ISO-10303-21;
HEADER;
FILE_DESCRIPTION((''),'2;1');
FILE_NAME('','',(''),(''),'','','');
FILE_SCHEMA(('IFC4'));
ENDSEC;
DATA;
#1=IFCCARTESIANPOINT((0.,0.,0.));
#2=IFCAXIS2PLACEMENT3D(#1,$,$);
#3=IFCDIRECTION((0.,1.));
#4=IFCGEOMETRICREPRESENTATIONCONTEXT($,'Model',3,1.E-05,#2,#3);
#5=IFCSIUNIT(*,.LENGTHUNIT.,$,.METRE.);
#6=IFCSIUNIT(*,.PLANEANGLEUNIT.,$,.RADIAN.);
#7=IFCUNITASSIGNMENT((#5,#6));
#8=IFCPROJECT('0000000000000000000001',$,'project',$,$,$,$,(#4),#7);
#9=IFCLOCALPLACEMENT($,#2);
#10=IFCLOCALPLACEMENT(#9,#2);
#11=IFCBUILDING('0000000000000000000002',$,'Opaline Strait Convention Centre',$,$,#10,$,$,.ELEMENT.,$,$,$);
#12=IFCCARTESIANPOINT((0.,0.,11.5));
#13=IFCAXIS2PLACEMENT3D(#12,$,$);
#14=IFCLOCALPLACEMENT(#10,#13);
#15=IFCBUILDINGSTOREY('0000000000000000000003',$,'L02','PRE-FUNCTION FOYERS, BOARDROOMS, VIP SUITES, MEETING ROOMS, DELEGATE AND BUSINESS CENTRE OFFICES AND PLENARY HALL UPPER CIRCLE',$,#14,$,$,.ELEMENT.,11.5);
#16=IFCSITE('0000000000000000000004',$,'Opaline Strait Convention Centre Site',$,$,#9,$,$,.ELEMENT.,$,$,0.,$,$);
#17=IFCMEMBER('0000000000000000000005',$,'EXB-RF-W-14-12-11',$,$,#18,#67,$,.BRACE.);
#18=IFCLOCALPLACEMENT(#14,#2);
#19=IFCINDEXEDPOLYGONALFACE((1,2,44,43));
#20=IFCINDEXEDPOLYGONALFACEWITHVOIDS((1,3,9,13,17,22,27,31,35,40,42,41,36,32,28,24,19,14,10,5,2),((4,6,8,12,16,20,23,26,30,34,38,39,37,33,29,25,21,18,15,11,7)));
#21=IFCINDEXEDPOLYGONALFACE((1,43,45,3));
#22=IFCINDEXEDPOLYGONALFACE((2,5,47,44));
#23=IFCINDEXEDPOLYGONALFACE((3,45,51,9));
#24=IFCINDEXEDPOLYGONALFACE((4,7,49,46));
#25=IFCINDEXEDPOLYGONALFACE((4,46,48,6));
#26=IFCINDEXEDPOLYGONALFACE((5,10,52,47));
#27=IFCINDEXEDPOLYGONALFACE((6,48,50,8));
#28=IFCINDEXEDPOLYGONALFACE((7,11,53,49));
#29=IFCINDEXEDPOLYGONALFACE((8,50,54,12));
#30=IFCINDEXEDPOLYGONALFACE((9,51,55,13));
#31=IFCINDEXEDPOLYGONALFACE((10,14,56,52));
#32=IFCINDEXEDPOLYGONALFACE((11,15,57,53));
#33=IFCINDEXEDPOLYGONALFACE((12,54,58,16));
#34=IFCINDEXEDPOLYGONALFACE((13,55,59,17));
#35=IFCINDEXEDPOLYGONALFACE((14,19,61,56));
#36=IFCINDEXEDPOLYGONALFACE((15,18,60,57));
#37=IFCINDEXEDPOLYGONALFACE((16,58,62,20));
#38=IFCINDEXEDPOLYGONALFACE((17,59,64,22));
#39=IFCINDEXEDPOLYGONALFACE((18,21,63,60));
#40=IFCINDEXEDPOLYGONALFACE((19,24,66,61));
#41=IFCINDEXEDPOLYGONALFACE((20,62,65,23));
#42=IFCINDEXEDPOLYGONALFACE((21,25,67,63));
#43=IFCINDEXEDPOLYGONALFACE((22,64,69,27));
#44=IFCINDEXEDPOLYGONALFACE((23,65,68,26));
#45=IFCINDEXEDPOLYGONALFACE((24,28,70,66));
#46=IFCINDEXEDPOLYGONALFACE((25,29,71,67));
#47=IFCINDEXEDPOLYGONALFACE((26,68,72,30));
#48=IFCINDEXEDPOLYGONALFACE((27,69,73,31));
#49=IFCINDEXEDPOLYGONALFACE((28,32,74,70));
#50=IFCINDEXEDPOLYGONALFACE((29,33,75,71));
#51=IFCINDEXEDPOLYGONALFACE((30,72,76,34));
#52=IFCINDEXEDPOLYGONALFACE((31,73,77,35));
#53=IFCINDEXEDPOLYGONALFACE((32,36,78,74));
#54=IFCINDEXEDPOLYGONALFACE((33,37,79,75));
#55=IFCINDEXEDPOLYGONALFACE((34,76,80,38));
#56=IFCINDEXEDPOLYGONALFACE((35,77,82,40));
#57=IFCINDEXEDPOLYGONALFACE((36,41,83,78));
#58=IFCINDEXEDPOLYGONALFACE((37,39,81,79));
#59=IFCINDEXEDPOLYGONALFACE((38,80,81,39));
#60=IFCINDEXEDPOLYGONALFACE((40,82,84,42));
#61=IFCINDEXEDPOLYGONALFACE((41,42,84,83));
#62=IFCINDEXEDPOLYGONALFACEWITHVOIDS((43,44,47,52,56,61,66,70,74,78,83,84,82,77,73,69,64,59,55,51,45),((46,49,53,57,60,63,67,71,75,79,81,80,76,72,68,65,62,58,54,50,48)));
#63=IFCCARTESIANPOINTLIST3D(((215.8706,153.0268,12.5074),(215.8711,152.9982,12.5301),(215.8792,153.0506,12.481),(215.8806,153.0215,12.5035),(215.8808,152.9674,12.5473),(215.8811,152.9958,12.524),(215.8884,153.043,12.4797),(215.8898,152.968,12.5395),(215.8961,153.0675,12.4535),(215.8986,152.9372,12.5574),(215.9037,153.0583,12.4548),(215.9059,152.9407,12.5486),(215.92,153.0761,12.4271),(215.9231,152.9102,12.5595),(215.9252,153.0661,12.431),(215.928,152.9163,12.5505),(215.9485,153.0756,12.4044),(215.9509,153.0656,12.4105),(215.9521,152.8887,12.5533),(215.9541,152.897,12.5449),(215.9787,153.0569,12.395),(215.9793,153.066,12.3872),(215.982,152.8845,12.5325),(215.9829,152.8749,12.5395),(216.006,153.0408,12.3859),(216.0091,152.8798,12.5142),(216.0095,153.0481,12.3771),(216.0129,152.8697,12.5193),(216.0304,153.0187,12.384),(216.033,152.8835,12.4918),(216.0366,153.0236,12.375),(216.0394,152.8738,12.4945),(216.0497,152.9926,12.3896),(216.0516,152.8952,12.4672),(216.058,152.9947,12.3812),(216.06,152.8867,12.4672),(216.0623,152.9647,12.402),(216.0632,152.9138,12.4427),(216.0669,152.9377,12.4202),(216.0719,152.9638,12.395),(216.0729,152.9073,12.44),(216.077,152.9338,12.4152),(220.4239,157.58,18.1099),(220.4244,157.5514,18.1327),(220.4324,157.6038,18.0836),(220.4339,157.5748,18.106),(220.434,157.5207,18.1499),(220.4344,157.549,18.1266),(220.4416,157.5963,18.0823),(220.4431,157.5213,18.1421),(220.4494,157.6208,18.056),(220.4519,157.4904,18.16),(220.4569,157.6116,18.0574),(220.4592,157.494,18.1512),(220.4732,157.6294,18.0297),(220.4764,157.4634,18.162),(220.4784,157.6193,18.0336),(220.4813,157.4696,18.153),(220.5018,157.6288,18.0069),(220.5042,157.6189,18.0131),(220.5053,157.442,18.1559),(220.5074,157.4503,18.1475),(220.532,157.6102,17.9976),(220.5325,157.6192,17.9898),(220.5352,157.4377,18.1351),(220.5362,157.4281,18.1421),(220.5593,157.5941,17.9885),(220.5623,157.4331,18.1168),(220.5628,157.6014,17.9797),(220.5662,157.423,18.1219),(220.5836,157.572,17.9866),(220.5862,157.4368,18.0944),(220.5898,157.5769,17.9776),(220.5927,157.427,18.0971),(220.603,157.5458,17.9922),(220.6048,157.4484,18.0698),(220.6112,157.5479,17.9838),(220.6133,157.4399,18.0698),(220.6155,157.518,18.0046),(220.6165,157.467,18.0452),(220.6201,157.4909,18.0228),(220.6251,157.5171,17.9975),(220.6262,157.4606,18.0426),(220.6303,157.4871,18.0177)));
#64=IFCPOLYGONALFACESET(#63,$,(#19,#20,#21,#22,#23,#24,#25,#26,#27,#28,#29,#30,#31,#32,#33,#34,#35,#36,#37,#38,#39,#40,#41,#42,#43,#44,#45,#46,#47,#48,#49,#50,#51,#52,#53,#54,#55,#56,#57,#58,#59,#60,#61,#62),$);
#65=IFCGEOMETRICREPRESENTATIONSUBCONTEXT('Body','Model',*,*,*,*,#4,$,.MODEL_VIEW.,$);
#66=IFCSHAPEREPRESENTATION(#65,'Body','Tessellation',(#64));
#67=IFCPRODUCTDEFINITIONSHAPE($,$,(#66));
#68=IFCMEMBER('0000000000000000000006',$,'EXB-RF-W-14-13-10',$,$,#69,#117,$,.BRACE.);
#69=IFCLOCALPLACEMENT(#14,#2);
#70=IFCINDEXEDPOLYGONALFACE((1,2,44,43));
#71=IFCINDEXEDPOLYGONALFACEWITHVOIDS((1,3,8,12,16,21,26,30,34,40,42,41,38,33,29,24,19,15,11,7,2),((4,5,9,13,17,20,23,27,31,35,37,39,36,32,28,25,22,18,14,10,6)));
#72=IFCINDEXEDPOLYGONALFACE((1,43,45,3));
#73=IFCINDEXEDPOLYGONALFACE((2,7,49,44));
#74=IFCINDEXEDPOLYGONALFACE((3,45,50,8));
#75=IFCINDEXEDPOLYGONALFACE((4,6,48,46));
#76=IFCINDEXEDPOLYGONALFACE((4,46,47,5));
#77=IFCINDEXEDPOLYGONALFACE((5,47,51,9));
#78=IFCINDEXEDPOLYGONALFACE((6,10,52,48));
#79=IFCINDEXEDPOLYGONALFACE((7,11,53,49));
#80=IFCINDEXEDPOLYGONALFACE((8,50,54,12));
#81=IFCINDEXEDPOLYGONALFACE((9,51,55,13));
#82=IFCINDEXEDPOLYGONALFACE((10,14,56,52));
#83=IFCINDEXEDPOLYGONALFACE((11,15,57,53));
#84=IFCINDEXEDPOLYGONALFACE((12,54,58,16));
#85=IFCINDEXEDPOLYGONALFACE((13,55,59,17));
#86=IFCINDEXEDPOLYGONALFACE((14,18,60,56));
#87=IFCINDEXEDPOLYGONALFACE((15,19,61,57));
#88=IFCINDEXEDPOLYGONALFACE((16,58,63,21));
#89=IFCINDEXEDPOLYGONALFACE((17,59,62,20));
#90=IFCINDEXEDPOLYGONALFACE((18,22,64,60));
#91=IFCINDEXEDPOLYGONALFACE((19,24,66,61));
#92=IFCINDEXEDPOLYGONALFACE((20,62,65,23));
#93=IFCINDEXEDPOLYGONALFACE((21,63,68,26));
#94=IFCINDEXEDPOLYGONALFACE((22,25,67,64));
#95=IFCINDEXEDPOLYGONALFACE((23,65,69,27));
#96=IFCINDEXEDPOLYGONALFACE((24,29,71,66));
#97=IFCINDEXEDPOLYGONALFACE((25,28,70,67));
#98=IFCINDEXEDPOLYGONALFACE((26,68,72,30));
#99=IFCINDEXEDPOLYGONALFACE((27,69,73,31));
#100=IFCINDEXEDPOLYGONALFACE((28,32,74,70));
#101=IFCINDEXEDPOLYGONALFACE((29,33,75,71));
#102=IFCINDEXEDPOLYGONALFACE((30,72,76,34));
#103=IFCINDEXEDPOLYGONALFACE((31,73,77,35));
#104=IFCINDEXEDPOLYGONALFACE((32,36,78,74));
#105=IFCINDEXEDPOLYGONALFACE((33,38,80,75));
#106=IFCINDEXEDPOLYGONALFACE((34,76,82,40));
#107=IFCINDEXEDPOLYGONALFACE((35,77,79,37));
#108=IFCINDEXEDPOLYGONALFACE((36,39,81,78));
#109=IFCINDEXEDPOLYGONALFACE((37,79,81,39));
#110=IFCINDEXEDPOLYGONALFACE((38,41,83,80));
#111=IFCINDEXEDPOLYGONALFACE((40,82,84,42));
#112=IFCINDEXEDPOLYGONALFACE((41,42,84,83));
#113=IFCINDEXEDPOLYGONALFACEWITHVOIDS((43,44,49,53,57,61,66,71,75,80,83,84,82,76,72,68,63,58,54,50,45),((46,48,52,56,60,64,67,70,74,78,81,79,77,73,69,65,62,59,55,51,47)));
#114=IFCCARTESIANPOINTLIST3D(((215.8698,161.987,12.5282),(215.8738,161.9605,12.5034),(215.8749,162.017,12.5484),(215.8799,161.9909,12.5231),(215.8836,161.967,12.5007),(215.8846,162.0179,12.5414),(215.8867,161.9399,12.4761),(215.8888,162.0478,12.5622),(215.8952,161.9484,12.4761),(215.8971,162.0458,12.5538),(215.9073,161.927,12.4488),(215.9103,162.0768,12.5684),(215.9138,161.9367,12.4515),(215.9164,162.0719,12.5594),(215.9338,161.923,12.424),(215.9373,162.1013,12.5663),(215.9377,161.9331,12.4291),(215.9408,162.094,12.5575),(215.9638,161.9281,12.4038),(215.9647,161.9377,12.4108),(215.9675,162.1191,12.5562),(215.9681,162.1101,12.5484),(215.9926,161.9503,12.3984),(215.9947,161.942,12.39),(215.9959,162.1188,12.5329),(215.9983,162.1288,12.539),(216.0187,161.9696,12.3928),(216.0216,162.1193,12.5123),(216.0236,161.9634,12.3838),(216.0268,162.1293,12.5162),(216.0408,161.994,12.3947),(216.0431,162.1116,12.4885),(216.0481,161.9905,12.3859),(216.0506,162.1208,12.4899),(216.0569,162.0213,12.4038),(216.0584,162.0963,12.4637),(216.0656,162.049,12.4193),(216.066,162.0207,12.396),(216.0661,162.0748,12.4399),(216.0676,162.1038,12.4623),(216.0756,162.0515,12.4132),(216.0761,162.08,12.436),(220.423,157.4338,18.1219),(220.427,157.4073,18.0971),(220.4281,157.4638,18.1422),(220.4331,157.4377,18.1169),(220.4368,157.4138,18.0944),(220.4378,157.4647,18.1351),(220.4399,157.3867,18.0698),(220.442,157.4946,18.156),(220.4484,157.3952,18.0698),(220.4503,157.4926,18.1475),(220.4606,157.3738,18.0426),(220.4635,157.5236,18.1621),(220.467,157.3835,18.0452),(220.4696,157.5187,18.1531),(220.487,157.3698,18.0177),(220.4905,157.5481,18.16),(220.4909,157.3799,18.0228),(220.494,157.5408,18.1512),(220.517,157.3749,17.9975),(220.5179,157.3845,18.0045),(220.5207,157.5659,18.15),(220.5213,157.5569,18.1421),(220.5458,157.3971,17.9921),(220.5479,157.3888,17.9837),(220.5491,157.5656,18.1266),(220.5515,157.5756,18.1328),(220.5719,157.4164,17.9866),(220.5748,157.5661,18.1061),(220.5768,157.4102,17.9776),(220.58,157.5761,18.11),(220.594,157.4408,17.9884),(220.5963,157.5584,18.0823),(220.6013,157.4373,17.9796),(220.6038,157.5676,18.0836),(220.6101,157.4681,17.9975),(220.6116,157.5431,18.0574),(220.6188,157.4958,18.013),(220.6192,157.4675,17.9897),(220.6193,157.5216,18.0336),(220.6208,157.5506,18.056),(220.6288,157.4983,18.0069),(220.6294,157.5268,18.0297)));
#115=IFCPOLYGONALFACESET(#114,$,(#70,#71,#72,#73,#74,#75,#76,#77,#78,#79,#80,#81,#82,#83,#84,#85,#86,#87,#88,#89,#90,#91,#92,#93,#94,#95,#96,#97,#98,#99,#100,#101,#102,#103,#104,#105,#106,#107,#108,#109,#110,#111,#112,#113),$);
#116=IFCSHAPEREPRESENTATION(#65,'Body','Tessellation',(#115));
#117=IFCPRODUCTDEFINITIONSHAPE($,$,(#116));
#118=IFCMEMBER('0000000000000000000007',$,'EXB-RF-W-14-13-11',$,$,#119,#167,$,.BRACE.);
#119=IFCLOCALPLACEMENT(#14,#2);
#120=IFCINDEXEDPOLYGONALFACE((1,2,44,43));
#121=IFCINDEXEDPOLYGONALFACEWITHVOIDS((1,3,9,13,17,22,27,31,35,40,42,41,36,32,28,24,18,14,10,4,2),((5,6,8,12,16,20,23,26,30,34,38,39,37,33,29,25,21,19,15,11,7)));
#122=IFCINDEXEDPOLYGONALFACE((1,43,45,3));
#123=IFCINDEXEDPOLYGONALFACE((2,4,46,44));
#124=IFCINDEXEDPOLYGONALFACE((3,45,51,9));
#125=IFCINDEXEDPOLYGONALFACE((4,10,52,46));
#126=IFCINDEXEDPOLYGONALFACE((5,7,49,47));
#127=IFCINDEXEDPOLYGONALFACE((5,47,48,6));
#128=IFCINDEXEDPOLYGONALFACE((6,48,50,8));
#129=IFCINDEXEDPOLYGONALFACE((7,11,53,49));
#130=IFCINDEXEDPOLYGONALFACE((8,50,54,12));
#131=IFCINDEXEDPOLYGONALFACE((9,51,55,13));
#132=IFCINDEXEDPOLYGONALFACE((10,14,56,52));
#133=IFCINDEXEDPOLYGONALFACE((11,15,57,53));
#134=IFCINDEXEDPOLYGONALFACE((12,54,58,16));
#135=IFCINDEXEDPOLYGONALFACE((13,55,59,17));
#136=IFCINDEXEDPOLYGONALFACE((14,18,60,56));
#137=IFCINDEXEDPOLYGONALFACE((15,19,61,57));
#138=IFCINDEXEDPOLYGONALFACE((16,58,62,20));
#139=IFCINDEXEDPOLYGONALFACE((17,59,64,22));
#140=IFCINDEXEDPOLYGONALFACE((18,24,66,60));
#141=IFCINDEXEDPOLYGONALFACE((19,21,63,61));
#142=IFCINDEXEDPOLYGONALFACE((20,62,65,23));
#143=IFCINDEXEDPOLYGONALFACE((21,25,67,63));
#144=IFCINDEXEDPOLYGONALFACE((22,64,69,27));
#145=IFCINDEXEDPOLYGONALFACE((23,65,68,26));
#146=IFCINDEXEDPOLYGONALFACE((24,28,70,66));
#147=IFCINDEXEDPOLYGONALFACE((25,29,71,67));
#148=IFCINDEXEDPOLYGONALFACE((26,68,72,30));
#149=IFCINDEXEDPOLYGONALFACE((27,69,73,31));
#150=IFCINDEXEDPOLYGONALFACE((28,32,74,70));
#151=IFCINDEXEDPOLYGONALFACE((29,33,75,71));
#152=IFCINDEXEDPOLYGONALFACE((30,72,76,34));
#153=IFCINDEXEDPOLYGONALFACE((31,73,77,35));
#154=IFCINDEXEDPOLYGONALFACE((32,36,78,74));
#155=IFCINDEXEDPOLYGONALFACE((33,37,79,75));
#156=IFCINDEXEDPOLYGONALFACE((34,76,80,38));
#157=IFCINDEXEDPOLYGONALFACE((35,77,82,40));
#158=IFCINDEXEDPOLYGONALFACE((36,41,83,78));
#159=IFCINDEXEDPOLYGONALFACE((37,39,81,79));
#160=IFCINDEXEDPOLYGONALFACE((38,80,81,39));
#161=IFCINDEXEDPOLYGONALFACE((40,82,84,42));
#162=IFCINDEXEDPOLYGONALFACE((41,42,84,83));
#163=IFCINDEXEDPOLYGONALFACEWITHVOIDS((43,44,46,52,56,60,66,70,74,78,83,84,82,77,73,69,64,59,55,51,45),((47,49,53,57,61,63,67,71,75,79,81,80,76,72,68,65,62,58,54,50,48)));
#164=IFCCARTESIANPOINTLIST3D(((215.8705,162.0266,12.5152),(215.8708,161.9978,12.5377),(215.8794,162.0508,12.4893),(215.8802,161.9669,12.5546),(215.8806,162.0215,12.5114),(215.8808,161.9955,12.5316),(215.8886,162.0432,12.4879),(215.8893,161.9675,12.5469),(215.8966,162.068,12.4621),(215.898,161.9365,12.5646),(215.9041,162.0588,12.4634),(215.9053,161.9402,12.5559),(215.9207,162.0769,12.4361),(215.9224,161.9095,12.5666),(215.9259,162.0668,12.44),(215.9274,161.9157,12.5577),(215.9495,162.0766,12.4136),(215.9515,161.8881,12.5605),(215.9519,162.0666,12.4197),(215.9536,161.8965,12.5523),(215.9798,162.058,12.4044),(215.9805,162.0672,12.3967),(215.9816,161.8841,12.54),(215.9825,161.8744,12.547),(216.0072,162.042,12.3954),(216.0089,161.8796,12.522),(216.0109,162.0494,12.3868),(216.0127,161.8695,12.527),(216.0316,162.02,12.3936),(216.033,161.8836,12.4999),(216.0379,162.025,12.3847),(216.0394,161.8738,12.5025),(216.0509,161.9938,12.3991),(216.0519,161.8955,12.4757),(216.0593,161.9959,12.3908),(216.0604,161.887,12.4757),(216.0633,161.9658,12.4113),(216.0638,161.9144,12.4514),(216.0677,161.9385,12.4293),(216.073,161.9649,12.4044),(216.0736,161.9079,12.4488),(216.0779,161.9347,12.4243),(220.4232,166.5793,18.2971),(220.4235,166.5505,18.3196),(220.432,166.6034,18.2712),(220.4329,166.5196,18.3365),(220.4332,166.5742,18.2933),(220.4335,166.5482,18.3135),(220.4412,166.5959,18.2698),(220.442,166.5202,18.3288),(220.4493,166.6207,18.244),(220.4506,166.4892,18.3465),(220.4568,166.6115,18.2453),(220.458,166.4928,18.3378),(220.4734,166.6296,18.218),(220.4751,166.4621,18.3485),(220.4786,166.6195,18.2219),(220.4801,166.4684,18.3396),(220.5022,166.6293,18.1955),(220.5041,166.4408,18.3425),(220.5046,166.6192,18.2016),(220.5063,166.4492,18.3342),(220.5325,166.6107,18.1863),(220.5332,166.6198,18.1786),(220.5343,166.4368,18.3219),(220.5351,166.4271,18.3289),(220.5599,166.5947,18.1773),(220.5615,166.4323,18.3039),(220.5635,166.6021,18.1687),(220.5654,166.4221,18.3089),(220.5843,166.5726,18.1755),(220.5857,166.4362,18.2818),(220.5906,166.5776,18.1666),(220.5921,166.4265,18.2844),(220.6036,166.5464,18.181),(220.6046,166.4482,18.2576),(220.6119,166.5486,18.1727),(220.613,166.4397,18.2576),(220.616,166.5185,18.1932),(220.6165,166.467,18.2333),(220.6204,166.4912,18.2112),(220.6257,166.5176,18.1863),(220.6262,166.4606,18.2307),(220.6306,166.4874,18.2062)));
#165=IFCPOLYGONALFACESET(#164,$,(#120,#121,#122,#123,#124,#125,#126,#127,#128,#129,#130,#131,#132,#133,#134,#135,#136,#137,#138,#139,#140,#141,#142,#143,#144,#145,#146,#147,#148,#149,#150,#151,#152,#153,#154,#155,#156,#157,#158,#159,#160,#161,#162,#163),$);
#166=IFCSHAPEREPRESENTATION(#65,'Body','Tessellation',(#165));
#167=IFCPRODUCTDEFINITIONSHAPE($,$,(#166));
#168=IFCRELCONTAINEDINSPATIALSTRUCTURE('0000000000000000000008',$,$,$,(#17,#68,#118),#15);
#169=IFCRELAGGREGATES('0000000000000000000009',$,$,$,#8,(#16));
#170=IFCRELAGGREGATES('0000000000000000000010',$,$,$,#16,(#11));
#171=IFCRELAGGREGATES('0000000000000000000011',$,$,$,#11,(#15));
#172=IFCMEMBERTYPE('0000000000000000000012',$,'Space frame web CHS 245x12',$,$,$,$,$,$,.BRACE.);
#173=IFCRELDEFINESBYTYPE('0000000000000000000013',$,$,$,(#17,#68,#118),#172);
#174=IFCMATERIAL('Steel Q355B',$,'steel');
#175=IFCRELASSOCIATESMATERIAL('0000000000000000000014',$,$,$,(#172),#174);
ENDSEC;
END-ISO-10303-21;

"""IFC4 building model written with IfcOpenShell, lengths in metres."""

from ifc_helpers import new_model, si_unit, direction, frame, origin, origin_2d, place, context, subcontext, project, spatial, hollow_circle, extrude, material, material_profile, profile_set, type_object, element, save


model = new_model("IFC4")

# Units and contexts
model_context = context("Model", 3, precision=1e-05, world=origin(), true_north=direction((0.0, 1.0)))
body_context = subcontext(model_context, "Body", "Model", "MODEL_VIEW")
ifc_project = project(units=[si_unit("LENGTHUNIT", "METRE"), si_unit("PLANEANGLEUNIT", "RADIAN")], contexts=[model_context])

# Site, building, storey
site_placement = place(None, origin())
site = spatial("IfcSite", under=ifc_project, at=site_placement, Name="Opaline Strait Convention Centre Site", CompositionType="ELEMENT", RefElevation=0.0)
building_placement = place(site_placement, origin())
building = spatial("IfcBuilding", under=site, at=building_placement, Name="Opaline Strait Convention Centre", CompositionType="ELEMENT")
storey_placement = place(building_placement, frame((0.0, 0.0, 11.5)))
storey = spatial("IfcBuildingStorey", under=building, at=storey_placement, Name="L02", Description="PRE-FUNCTION FOYERS, BOARDROOMS, VIP SUITES, MEETING ROOMS, DELEGATE AND BUSINESS CENTRE OFFICES AND PLENARY HALL UPPER CIRCLE", CompositionType="ELEMENT", Elevation=11.5)

# Members
ifc_material_1 = material(Name="Steel Q355B", Category="steel")
ifc_material_profile_1 = material_profile(ifc_material_1, hollow_circle(Radius=0.1226, WallThickness=0.012, at=origin_2d()), Name="CHS 245x12")
ifc_profile_set_1 = profile_set([ifc_material_profile_1], Name="Steel Q355B")
member_type_1 = type_object("IfcMemberType", Name="Space frame web CHS 245x12", PredefinedType="BRACE", material=ifc_profile_set_1)
member_1_placement = place(storey_placement, frame((220.5266, 157.5266, 18.0698), z_axis=(-0.533455, -0.533455, -0.656393), x_axis=(0.707107, -0.707107, 0.0)))
element("IfcMember", 1, at=member_1_placement, inside=storey, type_object=member_type_1, Name="EXB-RF-W-14-12-11", PredefinedType="BRACE", context=body_context, shape_type="SweptSolid", body=[
    extrude(hollow_circle(Radius=0.1226, WallThickness=0.012, at=origin_2d()), origin(), (0.0, 0.0, 1.0), 8.5354),
])
member_2_placement = place(storey_placement, frame((220.5266, 157.4734, 18.0698), z_axis=(-0.533816, 0.533816, -0.655806), x_axis=(-0.707107, -0.707107, 0.0)))
element("IfcMember", 2, at=member_2_placement, inside=storey, type_object=member_type_1, Name="EXB-RF-W-14-13-10", PredefinedType="BRACE", context=body_context, shape_type="SweptSolid", body=[
    extrude(hollow_circle(Radius=0.1226, WallThickness=0.012, at=origin_2d()), origin(), (0.0, 0.0, 1.0), 8.5295),
])
member_3_placement = place(storey_placement, frame((220.5264, 166.5264, 18.2576), z_axis=(-0.526104, -0.526104, -0.668153), x_axis=(0.707107, -0.707107, 0.0)))
element("IfcMember", 3, at=member_3_placement, inside=storey, type_object=member_type_1, Name="EXB-RF-W-14-13-11", PredefinedType="BRACE", context=body_context, shape_type="SweptSolid", body=[
    extrude(hollow_circle(Radius=0.1226, WallThickness=0.012, at=origin_2d()), origin(), (0.0, 0.0, 1.0), 8.6536),
])

save(model, "model.ifc")
